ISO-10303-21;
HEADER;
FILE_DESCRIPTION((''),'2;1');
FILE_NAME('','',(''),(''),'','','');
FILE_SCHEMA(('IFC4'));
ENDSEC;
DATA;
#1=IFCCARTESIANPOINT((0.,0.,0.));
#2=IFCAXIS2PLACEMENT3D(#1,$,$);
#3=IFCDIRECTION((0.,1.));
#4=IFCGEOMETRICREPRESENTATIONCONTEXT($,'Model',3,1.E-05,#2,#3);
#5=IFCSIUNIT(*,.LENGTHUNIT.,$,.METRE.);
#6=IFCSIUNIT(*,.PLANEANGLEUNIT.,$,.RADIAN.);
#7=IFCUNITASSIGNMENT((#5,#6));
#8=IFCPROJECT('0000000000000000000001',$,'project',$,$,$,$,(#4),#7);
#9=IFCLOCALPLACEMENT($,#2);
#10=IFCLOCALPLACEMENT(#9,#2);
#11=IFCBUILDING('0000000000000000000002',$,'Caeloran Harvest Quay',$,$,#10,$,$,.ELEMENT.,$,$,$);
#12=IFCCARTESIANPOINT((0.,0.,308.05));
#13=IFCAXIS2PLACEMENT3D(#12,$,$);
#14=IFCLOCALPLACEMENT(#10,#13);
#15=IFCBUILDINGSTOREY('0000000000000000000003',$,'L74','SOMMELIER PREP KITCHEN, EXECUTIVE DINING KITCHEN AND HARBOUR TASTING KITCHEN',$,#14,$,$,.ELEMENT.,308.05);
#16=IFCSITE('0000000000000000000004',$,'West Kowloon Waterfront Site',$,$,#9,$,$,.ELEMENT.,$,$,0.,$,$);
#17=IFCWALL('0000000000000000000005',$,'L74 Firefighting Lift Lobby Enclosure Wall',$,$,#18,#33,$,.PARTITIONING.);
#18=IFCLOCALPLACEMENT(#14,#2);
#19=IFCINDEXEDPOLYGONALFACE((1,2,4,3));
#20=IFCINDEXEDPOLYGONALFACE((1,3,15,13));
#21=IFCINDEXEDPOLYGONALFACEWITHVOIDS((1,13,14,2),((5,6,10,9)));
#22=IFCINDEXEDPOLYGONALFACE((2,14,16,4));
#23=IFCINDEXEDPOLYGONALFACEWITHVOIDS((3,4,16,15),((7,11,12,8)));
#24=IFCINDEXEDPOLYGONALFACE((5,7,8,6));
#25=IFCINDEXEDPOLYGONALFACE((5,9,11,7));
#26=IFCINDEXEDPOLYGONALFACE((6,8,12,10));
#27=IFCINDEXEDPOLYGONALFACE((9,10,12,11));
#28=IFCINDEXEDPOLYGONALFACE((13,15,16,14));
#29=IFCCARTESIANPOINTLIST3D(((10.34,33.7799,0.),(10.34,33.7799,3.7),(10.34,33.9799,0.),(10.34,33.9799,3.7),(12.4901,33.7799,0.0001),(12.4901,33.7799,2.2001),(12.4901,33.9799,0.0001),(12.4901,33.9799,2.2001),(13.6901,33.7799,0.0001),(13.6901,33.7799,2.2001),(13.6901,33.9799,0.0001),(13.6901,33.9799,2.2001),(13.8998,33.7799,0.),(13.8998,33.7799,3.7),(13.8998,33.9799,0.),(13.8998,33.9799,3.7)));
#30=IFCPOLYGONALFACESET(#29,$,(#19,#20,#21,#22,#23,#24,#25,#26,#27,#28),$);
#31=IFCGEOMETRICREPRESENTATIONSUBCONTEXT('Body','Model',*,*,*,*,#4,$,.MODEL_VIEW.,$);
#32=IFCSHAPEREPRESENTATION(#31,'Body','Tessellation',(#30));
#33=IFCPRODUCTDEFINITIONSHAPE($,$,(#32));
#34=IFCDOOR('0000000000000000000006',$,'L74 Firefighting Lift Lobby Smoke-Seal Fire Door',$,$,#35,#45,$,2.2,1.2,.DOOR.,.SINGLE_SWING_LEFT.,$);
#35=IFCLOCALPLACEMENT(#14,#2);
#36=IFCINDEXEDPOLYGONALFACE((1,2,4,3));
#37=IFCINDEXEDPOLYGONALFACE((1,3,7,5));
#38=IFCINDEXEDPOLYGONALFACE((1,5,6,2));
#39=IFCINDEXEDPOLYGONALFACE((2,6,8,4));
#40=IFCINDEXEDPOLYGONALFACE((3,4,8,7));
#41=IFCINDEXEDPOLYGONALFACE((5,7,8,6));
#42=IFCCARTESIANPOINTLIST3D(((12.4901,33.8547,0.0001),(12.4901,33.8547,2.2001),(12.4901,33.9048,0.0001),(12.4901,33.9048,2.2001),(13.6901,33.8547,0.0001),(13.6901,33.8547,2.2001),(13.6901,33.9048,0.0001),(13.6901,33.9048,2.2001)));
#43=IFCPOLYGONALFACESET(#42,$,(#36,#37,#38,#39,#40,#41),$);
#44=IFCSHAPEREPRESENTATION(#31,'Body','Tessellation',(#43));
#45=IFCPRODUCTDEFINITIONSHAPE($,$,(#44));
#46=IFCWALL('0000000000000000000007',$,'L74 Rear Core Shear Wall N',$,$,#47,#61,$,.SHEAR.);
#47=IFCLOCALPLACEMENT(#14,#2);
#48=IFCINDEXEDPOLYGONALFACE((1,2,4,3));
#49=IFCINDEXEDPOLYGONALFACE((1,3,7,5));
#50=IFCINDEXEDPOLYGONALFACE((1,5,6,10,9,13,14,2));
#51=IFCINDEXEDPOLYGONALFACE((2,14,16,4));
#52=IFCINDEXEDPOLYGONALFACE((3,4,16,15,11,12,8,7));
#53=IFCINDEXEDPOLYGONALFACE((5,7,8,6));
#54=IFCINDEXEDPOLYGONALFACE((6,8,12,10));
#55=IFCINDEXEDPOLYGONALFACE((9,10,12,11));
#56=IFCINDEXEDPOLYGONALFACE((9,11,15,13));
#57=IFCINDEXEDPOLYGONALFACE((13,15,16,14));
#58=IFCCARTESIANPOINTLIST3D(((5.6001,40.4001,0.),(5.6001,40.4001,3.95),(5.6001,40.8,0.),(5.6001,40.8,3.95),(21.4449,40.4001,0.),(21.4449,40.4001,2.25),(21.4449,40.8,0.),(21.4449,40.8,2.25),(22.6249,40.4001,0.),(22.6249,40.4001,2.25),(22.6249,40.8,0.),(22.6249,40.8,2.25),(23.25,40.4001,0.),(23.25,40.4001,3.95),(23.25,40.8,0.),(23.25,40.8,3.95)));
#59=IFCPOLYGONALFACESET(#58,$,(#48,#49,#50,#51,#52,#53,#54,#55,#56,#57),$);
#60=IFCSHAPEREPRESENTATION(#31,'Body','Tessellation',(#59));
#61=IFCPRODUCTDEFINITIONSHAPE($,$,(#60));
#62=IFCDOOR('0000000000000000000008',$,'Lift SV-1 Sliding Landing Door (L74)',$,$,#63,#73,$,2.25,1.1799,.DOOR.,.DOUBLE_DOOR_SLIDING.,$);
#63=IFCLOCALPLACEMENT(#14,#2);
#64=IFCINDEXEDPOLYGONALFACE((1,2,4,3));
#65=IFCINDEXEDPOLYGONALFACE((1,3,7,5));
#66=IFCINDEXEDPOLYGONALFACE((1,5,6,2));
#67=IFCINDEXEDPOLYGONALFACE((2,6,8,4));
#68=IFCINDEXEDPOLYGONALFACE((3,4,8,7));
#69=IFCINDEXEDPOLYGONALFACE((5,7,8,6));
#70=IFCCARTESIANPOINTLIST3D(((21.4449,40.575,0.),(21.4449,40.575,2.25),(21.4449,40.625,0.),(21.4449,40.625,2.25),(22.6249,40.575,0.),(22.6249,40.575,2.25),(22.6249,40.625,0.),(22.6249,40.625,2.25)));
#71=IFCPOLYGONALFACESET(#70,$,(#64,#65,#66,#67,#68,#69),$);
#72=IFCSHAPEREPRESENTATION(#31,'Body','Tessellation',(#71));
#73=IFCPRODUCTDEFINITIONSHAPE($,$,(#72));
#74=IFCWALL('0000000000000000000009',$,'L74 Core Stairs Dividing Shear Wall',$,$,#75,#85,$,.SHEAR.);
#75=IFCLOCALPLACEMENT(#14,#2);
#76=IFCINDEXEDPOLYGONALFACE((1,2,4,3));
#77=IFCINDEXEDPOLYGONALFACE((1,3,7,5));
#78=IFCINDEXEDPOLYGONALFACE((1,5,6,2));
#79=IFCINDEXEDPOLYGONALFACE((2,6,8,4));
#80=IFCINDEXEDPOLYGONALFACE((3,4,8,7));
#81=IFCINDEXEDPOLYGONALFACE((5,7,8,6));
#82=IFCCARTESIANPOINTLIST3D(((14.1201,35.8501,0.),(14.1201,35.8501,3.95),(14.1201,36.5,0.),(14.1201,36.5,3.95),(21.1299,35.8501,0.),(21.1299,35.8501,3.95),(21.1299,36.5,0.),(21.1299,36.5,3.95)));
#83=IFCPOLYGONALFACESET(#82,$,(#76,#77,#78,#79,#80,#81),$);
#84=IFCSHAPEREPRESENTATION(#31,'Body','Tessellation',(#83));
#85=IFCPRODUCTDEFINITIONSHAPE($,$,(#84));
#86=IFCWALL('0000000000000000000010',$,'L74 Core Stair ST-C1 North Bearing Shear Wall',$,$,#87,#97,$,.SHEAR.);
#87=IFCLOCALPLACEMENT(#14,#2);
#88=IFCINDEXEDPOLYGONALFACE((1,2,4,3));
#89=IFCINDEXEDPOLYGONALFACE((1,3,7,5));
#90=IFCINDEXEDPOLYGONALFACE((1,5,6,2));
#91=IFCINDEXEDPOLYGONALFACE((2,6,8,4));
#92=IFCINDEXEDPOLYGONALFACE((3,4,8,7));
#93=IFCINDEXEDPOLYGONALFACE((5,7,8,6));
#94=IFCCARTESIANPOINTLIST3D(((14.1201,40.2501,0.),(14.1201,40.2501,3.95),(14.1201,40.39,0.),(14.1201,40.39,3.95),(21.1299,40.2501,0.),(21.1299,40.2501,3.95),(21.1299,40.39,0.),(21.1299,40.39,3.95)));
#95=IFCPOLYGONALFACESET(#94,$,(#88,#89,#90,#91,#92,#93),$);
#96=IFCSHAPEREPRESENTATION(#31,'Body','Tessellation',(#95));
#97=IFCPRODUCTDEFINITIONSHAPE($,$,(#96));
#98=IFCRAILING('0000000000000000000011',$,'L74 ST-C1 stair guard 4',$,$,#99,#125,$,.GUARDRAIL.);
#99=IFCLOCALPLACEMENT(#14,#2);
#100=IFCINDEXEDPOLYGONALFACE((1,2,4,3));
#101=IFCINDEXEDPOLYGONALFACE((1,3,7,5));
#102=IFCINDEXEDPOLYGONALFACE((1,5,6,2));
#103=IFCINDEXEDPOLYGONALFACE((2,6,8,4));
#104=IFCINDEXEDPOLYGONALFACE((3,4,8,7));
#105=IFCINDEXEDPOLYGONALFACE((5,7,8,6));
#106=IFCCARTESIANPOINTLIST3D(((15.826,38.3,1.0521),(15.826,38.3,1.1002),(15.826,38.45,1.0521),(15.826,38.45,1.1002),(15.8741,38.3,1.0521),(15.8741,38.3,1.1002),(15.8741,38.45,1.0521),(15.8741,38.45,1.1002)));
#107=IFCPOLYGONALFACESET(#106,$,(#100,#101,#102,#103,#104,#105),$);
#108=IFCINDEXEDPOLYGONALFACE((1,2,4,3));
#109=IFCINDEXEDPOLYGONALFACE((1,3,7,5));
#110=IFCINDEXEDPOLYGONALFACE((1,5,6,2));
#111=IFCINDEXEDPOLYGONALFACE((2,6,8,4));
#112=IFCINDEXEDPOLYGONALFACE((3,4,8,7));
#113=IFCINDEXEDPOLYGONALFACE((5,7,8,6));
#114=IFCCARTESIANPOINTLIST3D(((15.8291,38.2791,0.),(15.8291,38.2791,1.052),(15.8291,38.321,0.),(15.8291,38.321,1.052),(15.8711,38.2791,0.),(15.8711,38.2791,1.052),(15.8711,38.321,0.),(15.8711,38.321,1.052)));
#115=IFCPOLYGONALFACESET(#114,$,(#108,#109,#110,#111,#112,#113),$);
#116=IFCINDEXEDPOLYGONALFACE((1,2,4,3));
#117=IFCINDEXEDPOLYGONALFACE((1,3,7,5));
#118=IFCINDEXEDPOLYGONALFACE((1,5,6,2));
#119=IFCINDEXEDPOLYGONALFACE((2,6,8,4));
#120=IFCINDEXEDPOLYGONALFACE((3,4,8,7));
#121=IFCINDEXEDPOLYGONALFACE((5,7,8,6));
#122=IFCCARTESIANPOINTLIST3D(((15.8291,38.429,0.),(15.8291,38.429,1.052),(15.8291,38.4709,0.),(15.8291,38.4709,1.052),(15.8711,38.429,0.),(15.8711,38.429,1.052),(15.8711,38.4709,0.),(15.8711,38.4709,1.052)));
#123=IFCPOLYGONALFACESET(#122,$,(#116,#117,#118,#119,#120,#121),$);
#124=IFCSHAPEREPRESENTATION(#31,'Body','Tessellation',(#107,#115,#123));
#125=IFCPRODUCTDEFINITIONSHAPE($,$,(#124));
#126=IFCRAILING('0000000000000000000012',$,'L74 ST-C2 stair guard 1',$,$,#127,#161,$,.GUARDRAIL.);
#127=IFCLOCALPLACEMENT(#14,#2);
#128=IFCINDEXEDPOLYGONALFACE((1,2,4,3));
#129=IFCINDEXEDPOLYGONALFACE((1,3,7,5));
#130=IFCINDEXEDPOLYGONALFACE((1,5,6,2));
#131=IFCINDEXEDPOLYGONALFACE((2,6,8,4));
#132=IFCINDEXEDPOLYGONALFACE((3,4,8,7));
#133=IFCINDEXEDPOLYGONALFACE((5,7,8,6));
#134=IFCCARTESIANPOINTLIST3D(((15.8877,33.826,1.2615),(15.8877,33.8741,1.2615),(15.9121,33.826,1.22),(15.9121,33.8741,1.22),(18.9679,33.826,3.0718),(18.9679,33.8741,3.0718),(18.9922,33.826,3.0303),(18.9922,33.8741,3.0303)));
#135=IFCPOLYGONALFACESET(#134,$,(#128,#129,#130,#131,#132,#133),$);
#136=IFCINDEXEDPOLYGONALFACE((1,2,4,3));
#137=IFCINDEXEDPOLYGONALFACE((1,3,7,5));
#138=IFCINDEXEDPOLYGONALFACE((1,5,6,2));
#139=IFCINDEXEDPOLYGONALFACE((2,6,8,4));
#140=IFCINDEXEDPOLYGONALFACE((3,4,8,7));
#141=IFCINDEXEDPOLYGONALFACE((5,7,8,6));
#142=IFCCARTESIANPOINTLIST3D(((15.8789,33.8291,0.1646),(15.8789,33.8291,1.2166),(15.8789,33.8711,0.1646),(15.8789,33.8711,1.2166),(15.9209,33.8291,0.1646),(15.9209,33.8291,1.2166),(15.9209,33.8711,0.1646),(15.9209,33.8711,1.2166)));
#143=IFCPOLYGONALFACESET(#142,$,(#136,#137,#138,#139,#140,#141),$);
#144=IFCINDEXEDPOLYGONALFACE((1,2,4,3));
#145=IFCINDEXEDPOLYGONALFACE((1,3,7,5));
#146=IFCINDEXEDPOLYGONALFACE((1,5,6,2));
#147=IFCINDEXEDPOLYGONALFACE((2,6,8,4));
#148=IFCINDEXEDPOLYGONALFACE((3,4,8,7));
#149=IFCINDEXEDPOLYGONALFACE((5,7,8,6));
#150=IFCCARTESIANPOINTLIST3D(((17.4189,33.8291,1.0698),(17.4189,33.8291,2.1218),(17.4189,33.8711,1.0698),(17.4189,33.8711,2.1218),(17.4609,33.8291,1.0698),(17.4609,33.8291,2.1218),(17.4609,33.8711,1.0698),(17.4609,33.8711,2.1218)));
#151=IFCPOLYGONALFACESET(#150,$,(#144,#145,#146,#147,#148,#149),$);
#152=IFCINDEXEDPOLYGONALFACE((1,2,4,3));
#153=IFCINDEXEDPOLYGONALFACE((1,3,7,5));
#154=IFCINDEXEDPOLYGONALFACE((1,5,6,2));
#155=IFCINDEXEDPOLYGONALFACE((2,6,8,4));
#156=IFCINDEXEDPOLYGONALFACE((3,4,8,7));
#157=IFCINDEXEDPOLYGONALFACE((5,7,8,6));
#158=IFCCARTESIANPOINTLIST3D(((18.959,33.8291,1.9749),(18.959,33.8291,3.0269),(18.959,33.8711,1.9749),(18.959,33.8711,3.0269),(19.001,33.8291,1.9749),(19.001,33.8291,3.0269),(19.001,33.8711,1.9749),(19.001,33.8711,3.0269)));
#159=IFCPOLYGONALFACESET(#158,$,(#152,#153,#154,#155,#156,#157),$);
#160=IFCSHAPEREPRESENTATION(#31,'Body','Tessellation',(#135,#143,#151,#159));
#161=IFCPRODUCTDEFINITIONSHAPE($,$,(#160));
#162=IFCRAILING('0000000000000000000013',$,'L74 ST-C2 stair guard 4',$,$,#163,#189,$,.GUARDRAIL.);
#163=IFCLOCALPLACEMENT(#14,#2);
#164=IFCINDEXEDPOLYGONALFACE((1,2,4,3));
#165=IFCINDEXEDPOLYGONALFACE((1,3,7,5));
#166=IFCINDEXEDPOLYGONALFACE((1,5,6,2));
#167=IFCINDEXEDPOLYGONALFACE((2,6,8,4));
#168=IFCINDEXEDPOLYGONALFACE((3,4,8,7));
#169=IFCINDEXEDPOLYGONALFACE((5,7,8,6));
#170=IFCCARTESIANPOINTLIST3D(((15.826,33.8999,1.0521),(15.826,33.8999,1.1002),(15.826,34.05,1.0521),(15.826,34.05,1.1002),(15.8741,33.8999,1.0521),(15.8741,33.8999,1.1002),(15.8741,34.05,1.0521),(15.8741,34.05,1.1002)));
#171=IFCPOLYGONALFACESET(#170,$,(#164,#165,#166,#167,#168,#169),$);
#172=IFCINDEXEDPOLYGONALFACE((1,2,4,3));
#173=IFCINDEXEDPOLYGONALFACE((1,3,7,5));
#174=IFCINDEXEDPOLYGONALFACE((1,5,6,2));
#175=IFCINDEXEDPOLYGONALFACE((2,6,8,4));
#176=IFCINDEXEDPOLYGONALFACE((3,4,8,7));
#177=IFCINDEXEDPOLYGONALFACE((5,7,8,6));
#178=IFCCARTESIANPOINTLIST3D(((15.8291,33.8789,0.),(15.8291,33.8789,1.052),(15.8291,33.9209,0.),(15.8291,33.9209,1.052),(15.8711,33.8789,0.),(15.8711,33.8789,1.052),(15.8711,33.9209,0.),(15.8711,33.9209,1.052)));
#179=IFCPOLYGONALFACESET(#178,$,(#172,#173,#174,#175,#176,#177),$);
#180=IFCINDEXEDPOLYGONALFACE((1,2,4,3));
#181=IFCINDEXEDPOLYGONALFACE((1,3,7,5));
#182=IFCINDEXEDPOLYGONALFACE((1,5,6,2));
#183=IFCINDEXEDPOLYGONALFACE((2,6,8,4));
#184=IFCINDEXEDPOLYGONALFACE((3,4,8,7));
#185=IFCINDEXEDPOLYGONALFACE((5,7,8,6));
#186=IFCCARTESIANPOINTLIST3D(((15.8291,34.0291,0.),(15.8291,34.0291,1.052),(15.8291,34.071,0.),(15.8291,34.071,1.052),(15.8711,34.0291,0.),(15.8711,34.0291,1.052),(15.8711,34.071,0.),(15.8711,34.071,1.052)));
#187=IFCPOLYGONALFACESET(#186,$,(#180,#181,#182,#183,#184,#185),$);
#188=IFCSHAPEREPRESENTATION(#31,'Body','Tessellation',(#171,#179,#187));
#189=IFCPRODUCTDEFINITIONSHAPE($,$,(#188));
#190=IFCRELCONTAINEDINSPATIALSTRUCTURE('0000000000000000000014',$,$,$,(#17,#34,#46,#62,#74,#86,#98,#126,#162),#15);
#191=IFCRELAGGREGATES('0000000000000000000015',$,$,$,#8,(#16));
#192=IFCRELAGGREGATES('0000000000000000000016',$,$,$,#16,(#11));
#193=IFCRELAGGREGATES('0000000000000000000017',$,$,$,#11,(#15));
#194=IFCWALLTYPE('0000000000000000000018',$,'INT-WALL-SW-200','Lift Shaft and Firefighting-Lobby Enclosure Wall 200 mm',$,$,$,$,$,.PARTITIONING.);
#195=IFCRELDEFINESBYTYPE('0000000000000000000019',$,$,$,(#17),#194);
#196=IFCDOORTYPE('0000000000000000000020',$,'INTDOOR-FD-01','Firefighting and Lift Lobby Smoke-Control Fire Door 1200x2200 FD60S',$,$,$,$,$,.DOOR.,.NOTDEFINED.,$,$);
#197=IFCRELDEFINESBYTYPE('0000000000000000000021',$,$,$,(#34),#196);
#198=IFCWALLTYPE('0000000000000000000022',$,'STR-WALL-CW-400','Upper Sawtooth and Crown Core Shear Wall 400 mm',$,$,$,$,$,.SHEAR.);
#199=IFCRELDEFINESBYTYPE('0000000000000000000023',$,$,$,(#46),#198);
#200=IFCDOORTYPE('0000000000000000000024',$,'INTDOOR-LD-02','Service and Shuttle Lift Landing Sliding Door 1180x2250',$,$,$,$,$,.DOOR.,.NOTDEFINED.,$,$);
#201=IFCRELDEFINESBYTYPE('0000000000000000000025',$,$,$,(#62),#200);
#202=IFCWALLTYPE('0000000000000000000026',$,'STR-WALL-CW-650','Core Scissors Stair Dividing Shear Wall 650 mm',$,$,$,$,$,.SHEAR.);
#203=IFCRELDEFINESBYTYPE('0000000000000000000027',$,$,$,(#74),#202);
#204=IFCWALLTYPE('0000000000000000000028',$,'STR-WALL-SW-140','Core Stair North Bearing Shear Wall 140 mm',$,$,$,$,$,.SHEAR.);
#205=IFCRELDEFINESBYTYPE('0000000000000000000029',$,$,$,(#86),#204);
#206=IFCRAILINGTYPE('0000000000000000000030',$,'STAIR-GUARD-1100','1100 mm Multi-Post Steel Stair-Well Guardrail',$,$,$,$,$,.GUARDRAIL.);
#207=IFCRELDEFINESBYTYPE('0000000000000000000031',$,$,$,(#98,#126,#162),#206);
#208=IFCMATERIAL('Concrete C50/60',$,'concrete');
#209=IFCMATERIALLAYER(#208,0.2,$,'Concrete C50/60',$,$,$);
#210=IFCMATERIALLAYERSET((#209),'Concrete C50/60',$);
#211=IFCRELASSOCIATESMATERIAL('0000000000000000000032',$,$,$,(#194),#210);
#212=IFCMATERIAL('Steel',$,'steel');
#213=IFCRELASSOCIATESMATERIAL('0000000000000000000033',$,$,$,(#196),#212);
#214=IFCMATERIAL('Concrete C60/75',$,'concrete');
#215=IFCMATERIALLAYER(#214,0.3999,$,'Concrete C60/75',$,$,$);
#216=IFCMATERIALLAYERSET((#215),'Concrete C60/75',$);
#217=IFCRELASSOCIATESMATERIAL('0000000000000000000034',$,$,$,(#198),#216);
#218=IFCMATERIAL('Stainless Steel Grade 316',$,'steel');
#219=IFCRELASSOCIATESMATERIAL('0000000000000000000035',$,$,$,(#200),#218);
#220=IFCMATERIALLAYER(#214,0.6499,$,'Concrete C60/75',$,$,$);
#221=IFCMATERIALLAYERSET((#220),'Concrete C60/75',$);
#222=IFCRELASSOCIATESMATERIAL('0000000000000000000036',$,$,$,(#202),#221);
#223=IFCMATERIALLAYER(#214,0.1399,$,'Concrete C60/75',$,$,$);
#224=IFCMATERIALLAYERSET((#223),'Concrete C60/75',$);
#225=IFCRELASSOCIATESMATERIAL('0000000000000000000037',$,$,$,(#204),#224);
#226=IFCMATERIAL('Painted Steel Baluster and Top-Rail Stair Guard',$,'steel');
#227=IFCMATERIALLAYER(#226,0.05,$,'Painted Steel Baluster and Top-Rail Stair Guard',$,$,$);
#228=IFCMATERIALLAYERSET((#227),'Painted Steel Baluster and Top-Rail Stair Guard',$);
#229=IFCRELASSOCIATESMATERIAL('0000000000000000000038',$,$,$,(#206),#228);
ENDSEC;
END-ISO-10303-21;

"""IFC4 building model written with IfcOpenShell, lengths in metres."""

from ifc_helpers import new_model, si_unit, direction, frame, frame_2d, origin, origin_2d, place, context, subcontext, project, spatial, rectangle, extrude, material, layer, layer_set, type_object, element, fill, save


model = new_model("IFC4")

# Units and contexts
model_context = context("Model", 3, precision=1e-05, world=origin(), true_north=direction((0.0, 1.0)))
body_context = subcontext(model_context, "Body", "Model", "MODEL_VIEW")
ifc_project = project(units=[si_unit("LENGTHUNIT", "METRE"), si_unit("PLANEANGLEUNIT", "RADIAN")], contexts=[model_context])

# Site, building, storey
site_placement = place(None, origin())
site = spatial("IfcSite", under=ifc_project, at=site_placement, Name="West Kowloon Waterfront Site", CompositionType="ELEMENT", RefElevation=0.0)
building_placement = place(site_placement, origin())
building = spatial("IfcBuilding", under=site, at=building_placement, Name="Caeloran Harvest Quay", CompositionType="ELEMENT")
storey_placement = place(building_placement, frame((0.0, 0.0, 308.05)))
storey = spatial("IfcBuildingStorey", under=building, at=storey_placement, Name="L74", Description="SOMMELIER PREP KITCHEN, EXECUTIVE DINING KITCHEN AND HARBOUR TASTING KITCHEN", CompositionType="ELEMENT", Elevation=308.05)

# Shared definitions
ifc_material_1 = material(Name="Concrete C50/60", Category="concrete")
ifc_layer_1 = layer(ifc_material_1, 0.2, Name="Concrete C50/60")
ifc_layer_set_1 = layer_set([ifc_layer_1], Name="Concrete C50/60")
wall_type_1 = type_object("IfcWallType", Name="INT-WALL-SW-200", Description="Lift Shaft and Firefighting-Lobby Enclosure Wall 200 mm", PredefinedType="PARTITIONING", material=ifc_layer_set_1)

# Shared definitions
ifc_material_2 = material(Name="Stainless Steel Grade 316", Category="steel")

# Walls, openings, doors
wall_1_placement = place(storey_placement, frame((10.3401, 33.8799, 0.0), z_axis=(0.0, 0.0, 1.0), x_axis=(1.0, 0.0, 0.0)))
wall_1 = element("IfcWall", 1, at=wall_1_placement, inside=storey, type_object=wall_type_1, Name="L74 Firefighting Lift Lobby Enclosure Wall", PredefinedType="PARTITIONING", context=body_context, shape_type="SweptSolid", body=[
    extrude(rectangle(XDim=3.5598, YDim=0.2, at=frame_2d((1.7798, 0.0))), origin(), (0.0, 0.0, 1.0), 3.7),
])
opening_1_placement = place(wall_1_placement, frame((2.1499, 0.0, 0.0)))
opening_1 = element("IfcOpeningElement", 2, at=opening_1_placement, cuts=wall_1, PredefinedType="OPENING", context=body_context, shape_type="SweptSolid", body=[
    extrude(rectangle(XDim=1.2, YDim=2.2, at=frame_2d((0.6001, 1.1001))), frame((0.0, 0.1099, 0.0), z_axis=(0.0, -1.0, 0.0), x_axis=(1.0, 0.0, 0.0)), (0.0, 0.0, 1.0), 0.22),
])
ifc_material_3 = material(Name="Steel", Category="steel")
door_type_1 = type_object("IfcDoorType", Name="INTDOOR-FD-01", Description="Firefighting and Lift Lobby Smoke-Control Fire Door 1200x2200 FD60S", OperationType="NOTDEFINED", PredefinedType="DOOR", material=ifc_material_3)
door_1_placement = place(opening_1_placement, origin())
door_1 = element("IfcDoor", 3, at=door_1_placement, inside=storey, type_object=door_type_1, Name="L74 Firefighting Lift Lobby Smoke-Seal Fire Door", OperationType="SINGLE_SWING_LEFT", OverallHeight=2.2, OverallWidth=1.2, PredefinedType="DOOR", context=body_context, shape_type="SweptSolid", body=[
    extrude(rectangle(XDim=1.2, YDim=2.2, at=frame_2d((0.6001, 1.1001))), frame((0.0, 0.0249, 0.0), z_axis=(0.0, -1.0, 0.0), x_axis=(1.0, 0.0, 0.0)), (0.0, 0.0, 1.0), 0.05),
])
fill(opening_1, door_1)
ifc_material_4 = material(Name="Concrete C60/75", Category="concrete")
ifc_layer_2 = layer(ifc_material_4, 0.3999, Name="Concrete C60/75")
ifc_layer_set_2 = layer_set([ifc_layer_2], Name="Concrete C60/75")
wall_type_2 = type_object("IfcWallType", Name="STR-WALL-CW-400", Description="Upper Sawtooth and Crown Core Shear Wall 400 mm", PredefinedType="SHEAR", material=ifc_layer_set_2)
wall_2_placement = place(storey_placement, frame((5.6001, 40.6001, 0.0), z_axis=(0.0, 0.0, 1.0), x_axis=(1.0, 0.0, 0.0)))
wall_2 = element("IfcWall", 4, at=wall_2_placement, inside=storey, type_object=wall_type_2, Name="L74 Rear Core Shear Wall N", PredefinedType="SHEAR", context=body_context, shape_type="SweptSolid", body=[
    extrude(rectangle(XDim=17.6499, YDim=0.3999, at=frame_2d((8.825, 0.0))), origin(), (0.0, 0.0, 1.0), 3.95),
])
opening_2_placement = place(wall_2_placement, frame((15.845, 0.0, 0.0)))
opening_2 = element("IfcOpeningElement", 5, at=opening_2_placement, cuts=wall_2, PredefinedType="OPENING", context=body_context, shape_type="SweptSolid", body=[
    extrude(rectangle(XDim=1.1799, YDim=2.25, at=frame_2d((0.5898, 1.125))), frame((0.0, 0.21, 0.0), z_axis=(0.0, -1.0, 0.0), x_axis=(1.0, 0.0, 0.0)), (0.0, 0.0, 1.0), 0.4199),
])
door_type_2 = type_object("IfcDoorType", Name="INTDOOR-LD-02", Description="Service and Shuttle Lift Landing Sliding Door 1180x2250", OperationType="NOTDEFINED", PredefinedType="DOOR", material=ifc_material_2)
door_2_placement = place(opening_2_placement, origin())
door_2 = element("IfcDoor", 6, at=door_2_placement, inside=storey, type_object=door_type_2, Name="Lift SV-1 Sliding Landing Door (L74)", OperationType="DOUBLE_DOOR_SLIDING", OverallHeight=2.25, OverallWidth=1.1799, PredefinedType="DOOR", context=body_context, shape_type="SweptSolid", body=[
    extrude(rectangle(XDim=1.1799, YDim=2.25, at=frame_2d((0.5898, 1.125))), frame((0.0, 0.0249, 0.0), z_axis=(0.0, -1.0, 0.0), x_axis=(1.0, 0.0, 0.0)), (0.0, 0.0, 1.0), 0.05),
])
fill(opening_2, door_2)

# Walls
ifc_layer_3 = layer(ifc_material_4, 0.6499, Name="Concrete C60/75")
ifc_layer_set_3 = layer_set([ifc_layer_3], Name="Concrete C60/75")
wall_type_3 = type_object("IfcWallType", Name="STR-WALL-CW-650", Description="Core Scissors Stair Dividing Shear Wall 650 mm", PredefinedType="SHEAR", material=ifc_layer_set_3)
wall_3_placement = place(storey_placement, frame((14.1201, 36.175, 0.0), z_axis=(0.0, 0.0, 1.0), x_axis=(1.0, 0.0, 0.0)))
element("IfcWall", 7, at=wall_3_placement, inside=storey, type_object=wall_type_3, Name="L74 Core Stairs Dividing Shear Wall", PredefinedType="SHEAR", context=body_context, shape_type="SweptSolid", body=[
    extrude(rectangle(XDim=7.0098, YDim=0.6499, at=frame_2d((3.5049, 0.0))), origin(), (0.0, 0.0, 1.0), 3.95),
])
ifc_layer_4 = layer(ifc_material_4, 0.1399, Name="Concrete C60/75")
ifc_layer_set_4 = layer_set([ifc_layer_4], Name="Concrete C60/75")
wall_type_4 = type_object("IfcWallType", Name="STR-WALL-SW-140", Description="Core Stair North Bearing Shear Wall 140 mm", PredefinedType="SHEAR", material=ifc_layer_set_4)
wall_4_placement = place(storey_placement, frame((14.1201, 40.3201, 0.0), z_axis=(0.0, 0.0, 1.0), x_axis=(1.0, 0.0, 0.0)))
element("IfcWall", 8, at=wall_4_placement, inside=storey, type_object=wall_type_4, Name="L74 Core Stair ST-C1 North Bearing Shear Wall", PredefinedType="SHEAR", context=body_context, shape_type="SweptSolid", body=[
    extrude(rectangle(XDim=7.0098, YDim=0.1399, at=frame_2d((3.5049, 0.0))), origin(), (0.0, 0.0, 1.0), 3.95),
])

# Railings
ifc_material_5 = material(Name="Painted Steel Baluster and Top-Rail Stair Guard", Category="steel")
ifc_layer_5 = layer(ifc_material_5, 0.05, Name="Painted Steel Baluster and Top-Rail Stair Guard")
ifc_layer_set_5 = layer_set([ifc_layer_5], Name="Painted Steel Baluster and Top-Rail Stair Guard")
railing_type = type_object("IfcRailingType", Name="STAIR-GUARD-1100", Description="1100 mm Multi-Post Steel Stair-Well Guardrail", PredefinedType="GUARDRAIL", material=ifc_layer_set_5)
railing_1_placement = place(storey_placement, frame((15.8501, 38.3, 0.0)))
element("IfcRailing", 9, at=railing_1_placement, inside=storey, type_object=railing_type, Name="L74 ST-C1 stair guard 4", PredefinedType="GUARDRAIL", context=body_context, shape_type="SweptSolid", body=[
    extrude(rectangle(XDim=0.0481, YDim=0.0481, at=origin_2d()), frame((0.0, 0.0, 1.0762), z_axis=(0.0, 1.0, 0.0), x_axis=(-1.0, 0.0, 0.0)), (0.0, 0.0, 1.0), 0.1499),
    extrude(rectangle(XDim=0.042, YDim=0.042, at=origin_2d()), origin(), (0.0, 0.0, 1.0), 1.052),
    extrude(rectangle(XDim=0.042, YDim=0.042, at=origin_2d()), frame((0.0, 0.1499, 0.0)), (0.0, 0.0, 1.0), 1.052),
])
railing_2_placement = place(storey_placement, frame((15.8999, 33.8501, 0.1646)))
element("IfcRailing", 10, at=railing_2_placement, inside=storey, type_object=railing_type, Name="L74 ST-C2 stair guard 1", PredefinedType="GUARDRAIL", context=body_context, shape_type="SweptSolid", body=[
    extrude(rectangle(XDim=0.0481, YDim=0.0481, at=origin_2d()), frame((0.0, 0.0, 1.0762), z_axis=(0.862119, 0.0, 0.506707), x_axis=(0.0, 1.0, 0.0)), (0.0, 0.0, 1.0), 3.5728),
    extrude(rectangle(XDim=0.042, YDim=0.042, at=origin_2d()), origin(), (0.0, 0.0, 1.0), 1.052),
    extrude(rectangle(XDim=0.042, YDim=0.042, at=origin_2d()), frame((1.54, 0.0, 0.9053)), (0.0, 0.0, 1.0), 1.052),
    extrude(rectangle(XDim=0.042, YDim=0.042, at=origin_2d()), frame((3.0801, 0.0, 1.8103)), (0.0, 0.0, 1.0), 1.052),
])
railing_3_placement = place(storey_placement, frame((15.8501, 33.8999, 0.0)))
element("IfcRailing", 11, at=railing_3_placement, inside=storey, type_object=railing_type, Name="L74 ST-C2 stair guard 4", PredefinedType="GUARDRAIL", context=body_context, shape_type="SweptSolid", body=[
    extrude(rectangle(XDim=0.0481, YDim=0.0481, at=origin_2d()), frame((0.0, 0.0, 1.0762), z_axis=(0.0, 1.0, 0.0), x_axis=(-1.0, 0.0, 0.0)), (0.0, 0.0, 1.0), 0.1501),
    extrude(rectangle(XDim=0.042, YDim=0.042, at=origin_2d()), origin(), (0.0, 0.0, 1.0), 1.052),
    extrude(rectangle(XDim=0.042, YDim=0.042, at=origin_2d()), frame((0.0, 0.1501, 0.0)), (0.0, 0.0, 1.0), 1.052),
])

save(model, "model.ifc")
